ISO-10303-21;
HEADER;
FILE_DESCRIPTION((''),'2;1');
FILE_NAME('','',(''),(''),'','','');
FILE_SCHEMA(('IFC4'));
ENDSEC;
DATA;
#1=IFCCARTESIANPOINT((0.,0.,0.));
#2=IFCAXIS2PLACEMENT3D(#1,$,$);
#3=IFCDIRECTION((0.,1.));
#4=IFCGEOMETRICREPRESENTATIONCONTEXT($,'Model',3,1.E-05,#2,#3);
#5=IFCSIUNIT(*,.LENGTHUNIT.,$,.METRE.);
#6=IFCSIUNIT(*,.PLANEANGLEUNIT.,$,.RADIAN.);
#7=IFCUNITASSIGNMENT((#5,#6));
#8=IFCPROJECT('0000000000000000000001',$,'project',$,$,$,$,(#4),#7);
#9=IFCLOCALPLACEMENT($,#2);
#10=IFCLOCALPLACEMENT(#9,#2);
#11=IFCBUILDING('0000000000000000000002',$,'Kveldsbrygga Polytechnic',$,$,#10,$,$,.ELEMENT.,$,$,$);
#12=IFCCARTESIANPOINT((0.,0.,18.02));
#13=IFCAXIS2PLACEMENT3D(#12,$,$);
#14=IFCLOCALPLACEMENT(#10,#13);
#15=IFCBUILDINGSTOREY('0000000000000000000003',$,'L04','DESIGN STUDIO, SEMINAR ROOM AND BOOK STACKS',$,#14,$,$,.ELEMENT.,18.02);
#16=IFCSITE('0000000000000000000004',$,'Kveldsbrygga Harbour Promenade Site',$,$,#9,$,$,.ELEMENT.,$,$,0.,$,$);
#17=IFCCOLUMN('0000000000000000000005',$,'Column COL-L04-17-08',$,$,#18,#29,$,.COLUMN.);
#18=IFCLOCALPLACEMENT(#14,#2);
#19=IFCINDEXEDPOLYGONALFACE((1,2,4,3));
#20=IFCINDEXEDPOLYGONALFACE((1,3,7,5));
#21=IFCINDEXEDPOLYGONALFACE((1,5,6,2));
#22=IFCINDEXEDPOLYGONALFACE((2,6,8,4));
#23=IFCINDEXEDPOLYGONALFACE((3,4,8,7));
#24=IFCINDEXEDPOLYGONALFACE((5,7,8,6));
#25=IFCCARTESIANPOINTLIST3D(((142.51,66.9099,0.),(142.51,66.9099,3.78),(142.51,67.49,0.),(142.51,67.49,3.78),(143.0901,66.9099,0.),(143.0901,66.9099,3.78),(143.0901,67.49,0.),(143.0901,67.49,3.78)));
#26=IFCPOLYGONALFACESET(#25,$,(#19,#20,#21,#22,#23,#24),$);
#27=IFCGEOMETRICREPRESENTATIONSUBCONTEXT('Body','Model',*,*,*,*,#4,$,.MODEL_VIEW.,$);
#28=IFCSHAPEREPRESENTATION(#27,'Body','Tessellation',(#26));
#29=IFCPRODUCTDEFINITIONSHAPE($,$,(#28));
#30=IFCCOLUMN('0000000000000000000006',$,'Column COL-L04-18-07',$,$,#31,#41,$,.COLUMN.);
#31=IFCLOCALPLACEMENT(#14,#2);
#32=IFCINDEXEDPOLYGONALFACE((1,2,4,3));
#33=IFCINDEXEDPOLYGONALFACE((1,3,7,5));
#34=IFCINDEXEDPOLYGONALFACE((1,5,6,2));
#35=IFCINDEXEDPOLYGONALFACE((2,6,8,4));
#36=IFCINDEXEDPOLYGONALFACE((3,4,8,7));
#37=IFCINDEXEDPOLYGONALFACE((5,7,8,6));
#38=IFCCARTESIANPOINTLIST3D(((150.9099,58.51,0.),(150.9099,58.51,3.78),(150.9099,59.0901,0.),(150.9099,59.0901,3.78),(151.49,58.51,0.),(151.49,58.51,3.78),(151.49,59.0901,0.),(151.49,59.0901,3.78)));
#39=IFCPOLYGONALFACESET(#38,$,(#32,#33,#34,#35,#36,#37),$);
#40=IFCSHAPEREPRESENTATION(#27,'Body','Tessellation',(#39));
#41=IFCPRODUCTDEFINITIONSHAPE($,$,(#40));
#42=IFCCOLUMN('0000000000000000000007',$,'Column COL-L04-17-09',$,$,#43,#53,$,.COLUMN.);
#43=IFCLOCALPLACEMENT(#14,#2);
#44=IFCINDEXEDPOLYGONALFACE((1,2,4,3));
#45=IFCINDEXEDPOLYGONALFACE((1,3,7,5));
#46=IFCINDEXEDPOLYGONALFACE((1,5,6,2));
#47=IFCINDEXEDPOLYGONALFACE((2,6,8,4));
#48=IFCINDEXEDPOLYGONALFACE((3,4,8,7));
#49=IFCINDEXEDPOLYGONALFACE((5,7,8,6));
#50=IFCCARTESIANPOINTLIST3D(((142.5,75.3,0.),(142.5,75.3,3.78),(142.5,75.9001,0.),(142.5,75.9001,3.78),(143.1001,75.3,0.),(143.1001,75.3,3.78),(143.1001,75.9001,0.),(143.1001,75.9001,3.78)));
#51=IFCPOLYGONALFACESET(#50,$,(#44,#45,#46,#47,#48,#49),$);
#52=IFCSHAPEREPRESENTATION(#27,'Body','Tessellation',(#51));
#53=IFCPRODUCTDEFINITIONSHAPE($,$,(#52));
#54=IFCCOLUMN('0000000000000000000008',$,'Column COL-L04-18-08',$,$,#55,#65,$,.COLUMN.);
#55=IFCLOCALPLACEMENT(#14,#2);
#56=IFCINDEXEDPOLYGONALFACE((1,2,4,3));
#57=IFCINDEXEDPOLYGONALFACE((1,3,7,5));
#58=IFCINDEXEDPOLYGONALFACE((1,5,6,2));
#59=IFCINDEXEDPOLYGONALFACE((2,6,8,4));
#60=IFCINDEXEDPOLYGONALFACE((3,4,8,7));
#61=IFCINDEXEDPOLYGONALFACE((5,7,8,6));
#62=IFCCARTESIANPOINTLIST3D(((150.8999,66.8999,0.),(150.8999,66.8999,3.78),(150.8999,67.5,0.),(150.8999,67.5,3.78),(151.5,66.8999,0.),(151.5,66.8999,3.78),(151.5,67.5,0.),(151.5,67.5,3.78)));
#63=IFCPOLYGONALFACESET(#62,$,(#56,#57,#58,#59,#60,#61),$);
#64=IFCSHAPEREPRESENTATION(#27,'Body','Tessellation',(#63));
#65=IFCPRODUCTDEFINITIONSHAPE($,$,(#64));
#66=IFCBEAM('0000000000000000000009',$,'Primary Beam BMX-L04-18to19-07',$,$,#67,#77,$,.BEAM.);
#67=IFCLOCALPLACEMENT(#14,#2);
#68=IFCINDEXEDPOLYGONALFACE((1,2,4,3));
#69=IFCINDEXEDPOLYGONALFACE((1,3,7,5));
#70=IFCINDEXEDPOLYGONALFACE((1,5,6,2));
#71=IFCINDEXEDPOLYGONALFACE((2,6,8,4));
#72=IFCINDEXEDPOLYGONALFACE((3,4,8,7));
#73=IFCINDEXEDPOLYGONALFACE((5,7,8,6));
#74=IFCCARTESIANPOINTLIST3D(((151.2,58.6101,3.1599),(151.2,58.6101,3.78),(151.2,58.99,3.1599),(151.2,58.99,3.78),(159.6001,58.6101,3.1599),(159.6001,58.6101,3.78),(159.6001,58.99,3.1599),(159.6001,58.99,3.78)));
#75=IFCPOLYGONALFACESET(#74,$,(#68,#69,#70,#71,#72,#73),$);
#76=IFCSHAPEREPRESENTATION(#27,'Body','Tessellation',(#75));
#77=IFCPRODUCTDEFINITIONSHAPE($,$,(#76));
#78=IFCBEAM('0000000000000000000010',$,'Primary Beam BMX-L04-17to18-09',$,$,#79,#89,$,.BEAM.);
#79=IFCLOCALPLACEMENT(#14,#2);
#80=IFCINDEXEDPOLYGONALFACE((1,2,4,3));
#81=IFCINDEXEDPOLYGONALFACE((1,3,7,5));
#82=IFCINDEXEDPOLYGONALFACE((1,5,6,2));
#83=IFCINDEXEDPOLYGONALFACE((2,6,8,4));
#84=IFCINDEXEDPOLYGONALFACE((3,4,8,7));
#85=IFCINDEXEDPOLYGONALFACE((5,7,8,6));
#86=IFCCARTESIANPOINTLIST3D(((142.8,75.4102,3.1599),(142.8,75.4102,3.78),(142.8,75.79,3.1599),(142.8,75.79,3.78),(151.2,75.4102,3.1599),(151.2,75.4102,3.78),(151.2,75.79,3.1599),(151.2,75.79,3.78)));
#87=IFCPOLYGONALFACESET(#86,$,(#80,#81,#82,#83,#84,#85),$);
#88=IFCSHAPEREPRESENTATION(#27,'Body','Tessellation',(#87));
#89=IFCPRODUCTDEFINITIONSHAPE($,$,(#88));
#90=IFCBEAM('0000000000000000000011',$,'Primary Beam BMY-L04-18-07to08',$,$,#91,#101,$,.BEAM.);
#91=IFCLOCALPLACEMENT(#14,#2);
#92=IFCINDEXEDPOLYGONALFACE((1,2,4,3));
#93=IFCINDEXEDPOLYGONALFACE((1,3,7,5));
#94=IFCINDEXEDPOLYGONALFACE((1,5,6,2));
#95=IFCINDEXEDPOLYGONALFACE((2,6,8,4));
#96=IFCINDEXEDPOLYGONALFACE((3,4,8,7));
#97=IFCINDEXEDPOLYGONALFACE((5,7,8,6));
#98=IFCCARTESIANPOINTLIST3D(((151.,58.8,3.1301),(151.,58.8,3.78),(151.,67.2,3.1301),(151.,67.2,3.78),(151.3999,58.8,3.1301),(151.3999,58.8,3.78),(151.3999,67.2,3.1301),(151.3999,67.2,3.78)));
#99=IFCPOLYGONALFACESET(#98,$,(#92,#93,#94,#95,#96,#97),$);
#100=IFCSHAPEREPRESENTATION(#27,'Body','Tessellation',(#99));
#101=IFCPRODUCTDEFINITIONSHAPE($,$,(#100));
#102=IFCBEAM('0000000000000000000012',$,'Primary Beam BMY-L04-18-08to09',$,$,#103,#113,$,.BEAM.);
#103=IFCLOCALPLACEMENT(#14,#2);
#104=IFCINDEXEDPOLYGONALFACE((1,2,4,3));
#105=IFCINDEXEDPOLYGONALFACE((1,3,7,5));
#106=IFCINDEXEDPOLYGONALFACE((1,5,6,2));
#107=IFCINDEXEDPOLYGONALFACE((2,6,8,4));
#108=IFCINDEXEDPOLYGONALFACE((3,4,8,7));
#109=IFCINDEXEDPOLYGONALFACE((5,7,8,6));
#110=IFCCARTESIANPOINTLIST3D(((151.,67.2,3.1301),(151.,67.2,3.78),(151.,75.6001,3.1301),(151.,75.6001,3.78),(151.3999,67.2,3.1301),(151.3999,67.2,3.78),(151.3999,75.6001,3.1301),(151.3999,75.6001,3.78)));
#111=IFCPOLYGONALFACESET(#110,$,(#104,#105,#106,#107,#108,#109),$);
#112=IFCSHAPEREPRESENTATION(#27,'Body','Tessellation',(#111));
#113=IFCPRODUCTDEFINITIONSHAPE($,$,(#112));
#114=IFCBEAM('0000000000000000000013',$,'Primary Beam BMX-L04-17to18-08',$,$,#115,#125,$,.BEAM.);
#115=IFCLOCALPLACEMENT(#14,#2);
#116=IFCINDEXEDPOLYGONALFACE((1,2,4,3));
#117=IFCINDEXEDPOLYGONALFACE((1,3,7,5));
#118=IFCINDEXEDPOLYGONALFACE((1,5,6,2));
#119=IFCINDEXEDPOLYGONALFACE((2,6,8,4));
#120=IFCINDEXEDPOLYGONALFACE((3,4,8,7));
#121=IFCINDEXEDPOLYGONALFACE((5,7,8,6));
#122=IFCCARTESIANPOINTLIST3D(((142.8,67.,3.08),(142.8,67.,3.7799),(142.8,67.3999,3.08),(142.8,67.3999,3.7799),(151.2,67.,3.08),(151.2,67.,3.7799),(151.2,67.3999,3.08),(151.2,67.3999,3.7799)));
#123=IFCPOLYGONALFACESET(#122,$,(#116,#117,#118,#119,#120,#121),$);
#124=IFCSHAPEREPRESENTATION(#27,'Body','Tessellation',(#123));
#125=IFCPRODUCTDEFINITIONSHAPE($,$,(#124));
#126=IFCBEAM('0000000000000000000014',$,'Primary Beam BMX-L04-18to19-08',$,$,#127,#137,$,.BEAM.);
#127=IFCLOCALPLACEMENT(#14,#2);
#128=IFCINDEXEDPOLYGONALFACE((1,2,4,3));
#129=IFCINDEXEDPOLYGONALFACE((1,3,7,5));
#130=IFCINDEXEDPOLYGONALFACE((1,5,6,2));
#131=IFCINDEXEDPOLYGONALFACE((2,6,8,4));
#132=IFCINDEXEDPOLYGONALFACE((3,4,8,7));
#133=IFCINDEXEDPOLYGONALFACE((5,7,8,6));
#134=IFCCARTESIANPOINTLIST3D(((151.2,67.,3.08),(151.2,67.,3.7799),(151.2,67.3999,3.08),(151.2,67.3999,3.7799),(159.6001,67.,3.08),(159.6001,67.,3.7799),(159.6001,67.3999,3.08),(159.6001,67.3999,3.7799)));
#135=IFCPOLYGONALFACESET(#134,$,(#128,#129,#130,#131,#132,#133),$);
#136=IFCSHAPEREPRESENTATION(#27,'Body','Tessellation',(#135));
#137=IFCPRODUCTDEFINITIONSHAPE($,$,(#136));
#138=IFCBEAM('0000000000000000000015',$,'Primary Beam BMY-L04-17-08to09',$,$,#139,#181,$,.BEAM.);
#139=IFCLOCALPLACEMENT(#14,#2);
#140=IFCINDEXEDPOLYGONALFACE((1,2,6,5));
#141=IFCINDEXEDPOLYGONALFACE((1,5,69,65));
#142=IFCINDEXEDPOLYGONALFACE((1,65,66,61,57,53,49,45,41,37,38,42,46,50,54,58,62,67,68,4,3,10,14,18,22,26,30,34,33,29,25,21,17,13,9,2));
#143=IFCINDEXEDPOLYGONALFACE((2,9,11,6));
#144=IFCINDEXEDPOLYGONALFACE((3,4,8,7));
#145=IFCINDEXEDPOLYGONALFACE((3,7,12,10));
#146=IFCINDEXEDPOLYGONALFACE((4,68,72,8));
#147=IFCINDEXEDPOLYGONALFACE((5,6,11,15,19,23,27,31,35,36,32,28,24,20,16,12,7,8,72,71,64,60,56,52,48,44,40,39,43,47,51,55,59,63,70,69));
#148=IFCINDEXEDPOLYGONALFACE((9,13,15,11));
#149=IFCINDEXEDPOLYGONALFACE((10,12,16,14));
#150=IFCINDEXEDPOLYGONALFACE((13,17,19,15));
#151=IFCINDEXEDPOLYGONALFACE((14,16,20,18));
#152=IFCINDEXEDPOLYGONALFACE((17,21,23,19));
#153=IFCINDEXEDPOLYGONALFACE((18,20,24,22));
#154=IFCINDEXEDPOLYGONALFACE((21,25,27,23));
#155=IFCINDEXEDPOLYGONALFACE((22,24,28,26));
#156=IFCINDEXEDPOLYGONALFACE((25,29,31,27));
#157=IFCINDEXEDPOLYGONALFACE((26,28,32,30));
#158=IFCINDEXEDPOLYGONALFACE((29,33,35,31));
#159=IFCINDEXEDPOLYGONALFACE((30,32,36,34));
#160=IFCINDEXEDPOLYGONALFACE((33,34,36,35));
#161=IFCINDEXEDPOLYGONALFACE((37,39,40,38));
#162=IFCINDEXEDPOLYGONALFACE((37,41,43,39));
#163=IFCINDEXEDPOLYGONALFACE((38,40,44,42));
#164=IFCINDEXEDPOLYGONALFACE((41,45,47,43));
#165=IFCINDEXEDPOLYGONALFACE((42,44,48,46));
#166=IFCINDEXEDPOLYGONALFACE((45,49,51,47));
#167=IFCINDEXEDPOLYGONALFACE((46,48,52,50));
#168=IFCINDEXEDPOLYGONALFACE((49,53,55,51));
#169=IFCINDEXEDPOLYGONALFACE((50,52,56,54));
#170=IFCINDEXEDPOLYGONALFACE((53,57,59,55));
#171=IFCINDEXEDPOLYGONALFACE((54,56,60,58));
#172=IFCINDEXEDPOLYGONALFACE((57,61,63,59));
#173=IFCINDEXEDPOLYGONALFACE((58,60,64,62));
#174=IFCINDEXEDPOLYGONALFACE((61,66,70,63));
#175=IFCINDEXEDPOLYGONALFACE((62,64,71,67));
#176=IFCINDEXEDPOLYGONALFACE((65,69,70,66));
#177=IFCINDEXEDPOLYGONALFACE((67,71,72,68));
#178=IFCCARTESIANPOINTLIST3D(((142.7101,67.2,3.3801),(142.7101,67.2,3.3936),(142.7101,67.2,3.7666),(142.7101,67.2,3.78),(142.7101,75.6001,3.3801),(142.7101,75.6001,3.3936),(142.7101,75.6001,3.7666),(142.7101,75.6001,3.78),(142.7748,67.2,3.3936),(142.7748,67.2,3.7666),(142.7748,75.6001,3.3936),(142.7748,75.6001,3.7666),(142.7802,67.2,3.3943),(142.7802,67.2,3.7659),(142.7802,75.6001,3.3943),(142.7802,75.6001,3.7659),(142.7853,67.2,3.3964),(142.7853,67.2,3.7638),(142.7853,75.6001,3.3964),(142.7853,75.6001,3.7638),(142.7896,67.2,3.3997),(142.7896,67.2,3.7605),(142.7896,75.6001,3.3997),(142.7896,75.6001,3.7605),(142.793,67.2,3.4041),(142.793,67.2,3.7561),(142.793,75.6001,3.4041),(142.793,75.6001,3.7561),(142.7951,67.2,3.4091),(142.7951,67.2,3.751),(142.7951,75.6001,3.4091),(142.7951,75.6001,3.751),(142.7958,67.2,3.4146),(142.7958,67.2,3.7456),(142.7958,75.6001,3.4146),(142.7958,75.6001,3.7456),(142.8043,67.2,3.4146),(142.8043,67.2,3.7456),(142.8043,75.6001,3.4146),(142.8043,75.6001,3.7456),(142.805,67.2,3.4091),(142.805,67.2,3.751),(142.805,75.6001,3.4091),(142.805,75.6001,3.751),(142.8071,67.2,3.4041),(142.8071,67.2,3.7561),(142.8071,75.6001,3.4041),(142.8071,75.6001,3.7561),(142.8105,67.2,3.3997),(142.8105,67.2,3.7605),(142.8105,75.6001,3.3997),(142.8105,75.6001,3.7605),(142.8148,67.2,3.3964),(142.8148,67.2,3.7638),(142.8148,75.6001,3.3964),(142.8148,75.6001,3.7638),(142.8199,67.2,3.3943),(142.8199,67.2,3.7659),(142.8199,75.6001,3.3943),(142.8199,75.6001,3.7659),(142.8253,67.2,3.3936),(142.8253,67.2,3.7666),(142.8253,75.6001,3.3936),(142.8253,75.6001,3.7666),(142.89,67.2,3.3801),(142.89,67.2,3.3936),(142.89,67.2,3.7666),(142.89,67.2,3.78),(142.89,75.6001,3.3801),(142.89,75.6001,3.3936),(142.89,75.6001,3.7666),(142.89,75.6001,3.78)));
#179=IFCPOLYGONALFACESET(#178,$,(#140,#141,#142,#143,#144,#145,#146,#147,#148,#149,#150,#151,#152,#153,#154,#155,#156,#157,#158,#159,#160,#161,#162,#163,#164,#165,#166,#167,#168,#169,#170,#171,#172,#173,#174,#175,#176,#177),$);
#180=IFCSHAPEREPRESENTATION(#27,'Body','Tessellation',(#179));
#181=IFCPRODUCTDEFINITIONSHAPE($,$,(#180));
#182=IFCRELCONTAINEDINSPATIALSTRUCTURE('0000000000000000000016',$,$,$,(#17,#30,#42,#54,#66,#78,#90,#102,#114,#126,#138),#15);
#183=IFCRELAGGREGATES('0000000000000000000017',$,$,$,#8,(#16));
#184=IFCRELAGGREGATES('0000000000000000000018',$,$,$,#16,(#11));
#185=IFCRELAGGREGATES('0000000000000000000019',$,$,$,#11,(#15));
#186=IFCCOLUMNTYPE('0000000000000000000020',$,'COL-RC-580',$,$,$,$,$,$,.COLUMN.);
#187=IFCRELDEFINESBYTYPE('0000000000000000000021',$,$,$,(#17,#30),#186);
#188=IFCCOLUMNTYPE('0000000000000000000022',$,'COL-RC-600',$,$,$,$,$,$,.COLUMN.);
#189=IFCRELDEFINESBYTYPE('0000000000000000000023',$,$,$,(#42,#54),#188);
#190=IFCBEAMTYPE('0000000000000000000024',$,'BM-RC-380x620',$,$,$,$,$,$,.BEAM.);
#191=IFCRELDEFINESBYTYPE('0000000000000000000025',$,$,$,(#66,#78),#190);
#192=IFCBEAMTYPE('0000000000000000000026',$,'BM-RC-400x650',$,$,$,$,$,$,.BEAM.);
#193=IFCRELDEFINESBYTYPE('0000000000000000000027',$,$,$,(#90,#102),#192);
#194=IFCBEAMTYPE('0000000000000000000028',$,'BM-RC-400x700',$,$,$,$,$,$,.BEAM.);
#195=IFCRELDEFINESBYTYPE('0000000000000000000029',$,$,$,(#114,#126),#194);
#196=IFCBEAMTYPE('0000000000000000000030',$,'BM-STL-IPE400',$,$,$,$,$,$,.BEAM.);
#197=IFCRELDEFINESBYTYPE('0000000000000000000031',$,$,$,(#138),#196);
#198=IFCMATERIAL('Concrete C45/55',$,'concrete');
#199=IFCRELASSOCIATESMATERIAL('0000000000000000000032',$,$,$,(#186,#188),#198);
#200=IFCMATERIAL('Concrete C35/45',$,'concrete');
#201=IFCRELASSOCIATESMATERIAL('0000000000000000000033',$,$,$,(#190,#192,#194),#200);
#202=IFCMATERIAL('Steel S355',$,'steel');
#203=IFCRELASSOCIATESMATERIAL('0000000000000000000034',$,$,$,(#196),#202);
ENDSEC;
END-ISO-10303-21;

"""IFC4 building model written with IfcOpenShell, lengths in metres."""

from ifc_helpers import new_model, si_unit, direction, frame, origin, origin_2d, place, context, subcontext, project, spatial, rectangle, i_section, extrude, material, material_profile, profile_set, type_object, element, save


model = new_model("IFC4")

# Units and contexts
model_context = context("Model", 3, precision=1e-05, world=origin(), true_north=direction((0.0, 1.0)))
body_context = subcontext(model_context, "Body", "Model", "MODEL_VIEW")
ifc_project = project(units=[si_unit("LENGTHUNIT", "METRE"), si_unit("PLANEANGLEUNIT", "RADIAN")], contexts=[model_context])

# Site, building, storey
site_placement = place(None, origin())
site = spatial("IfcSite", under=ifc_project, at=site_placement, Name="Kveldsbrygga Harbour Promenade Site", CompositionType="ELEMENT", RefElevation=0.0)
building_placement = place(site_placement, origin())
building = spatial("IfcBuilding", under=site, at=building_placement, Name="Kveldsbrygga Polytechnic", CompositionType="ELEMENT")
storey_placement = place(building_placement, frame((0.0, 0.0, 18.02)))
storey = spatial("IfcBuildingStorey", under=building, at=storey_placement, Name="L04", Description="DESIGN STUDIO, SEMINAR ROOM AND BOOK STACKS", CompositionType="ELEMENT", Elevation=18.02)

# Columns
ifc_material_1 = material(Name="Concrete C45/55", Category="concrete")
ifc_material_profile_1 = material_profile(ifc_material_1, rectangle(XDim=0.5801, YDim=0.5801, at=origin_2d()), Name="RC 580x580")
ifc_profile_set_1 = profile_set([ifc_material_profile_1], Name="Concrete C45/55")
column_type_1 = type_object("IfcColumnType", Name="COL-RC-580", PredefinedType="COLUMN", material=ifc_profile_set_1)
for number, where, z_axis, x_axis, name in (
    (1, (142.8, 67.2, 0.0), (0.0, 0.0, 1.0), (1.0, 0.0, 0.0), "Column COL-L04-17-08"),
    (2, (151.2, 58.8, 0.0), (0.0, 0.0, 1.0), (1.0, 0.0, 0.0), "Column COL-L04-18-07"),
):
    element("IfcColumn", number, at=place(storey_placement, frame(where, z_axis=z_axis, x_axis=x_axis)), inside=storey, type_object=column_type_1, Name=name, PredefinedType="COLUMN", context=body_context, shape_type="SweptSolid", body=[
        extrude(rectangle(XDim=0.5801, YDim=0.5801, at=origin_2d()), origin(), (0.0, 0.0, 1.0), 3.78),
    ])
ifc_material_profile_2 = material_profile(ifc_material_1, rectangle(XDim=0.6001, YDim=0.6001, at=origin_2d()), Name="RC 600x600")
ifc_profile_set_2 = profile_set([ifc_material_profile_2], Name="Concrete C45/55")
column_type_2 = type_object("IfcColumnType", Name="COL-RC-600", PredefinedType="COLUMN", material=ifc_profile_set_2)
for number, where, z_axis, x_axis, name in (
    (3, (142.8, 75.6001, 0.0), (0.0, 0.0, 1.0), (1.0, 0.0, 0.0), "Column COL-L04-17-09"),
    (4, (151.2, 67.2, 0.0), (0.0, 0.0, 1.0), (1.0, 0.0, 0.0), "Column COL-L04-18-08"),
):
    element("IfcColumn", number, at=place(storey_placement, frame(where, z_axis=z_axis, x_axis=x_axis)), inside=storey, type_object=column_type_2, Name=name, PredefinedType="COLUMN", context=body_context, shape_type="SweptSolid", body=[
        extrude(rectangle(XDim=0.6001, YDim=0.6001, at=origin_2d()), origin(), (0.0, 0.0, 1.0), 3.78),
    ])

# Beams
ifc_material_2 = material(Name="Concrete C35/45", Category="concrete")
ifc_material_profile_3 = material_profile(ifc_material_2, rectangle(XDim=0.3799, YDim=0.6201, at=origin_2d()), Name="RC 380x620")
ifc_profile_set_3 = profile_set([ifc_material_profile_3], Name="Concrete C35/45")
beam_type_1 = type_object("IfcBeamType", Name="BM-RC-380x620", PredefinedType="BEAM", material=ifc_profile_set_3)
beam_1_placement = place(storey_placement, frame((151.2, 58.8, 3.47), z_axis=(1.0, 0.0, 0.0), x_axis=(0.0, 1.0, 0.0)))
element("IfcBeam", 5, at=beam_1_placement, inside=storey, type_object=beam_type_1, Name="Primary Beam BMX-L04-18to19-07", PredefinedType="BEAM", context=body_context, shape_type="SweptSolid", body=[
    extrude(rectangle(XDim=0.3799, YDim=0.6201, at=origin_2d()), origin(), (0.0, 0.0, 1.0), 8.4001),
])
beam_2_placement = place(storey_placement, frame((142.8, 75.6001, 3.47), z_axis=(1.0, 0.0, 0.0), x_axis=(0.0, 1.0, 0.0)))
element("IfcBeam", 6, at=beam_2_placement, inside=storey, type_object=beam_type_1, Name="Primary Beam BMX-L04-17to18-09", PredefinedType="BEAM", context=body_context, shape_type="SweptSolid", body=[
    extrude(rectangle(XDim=0.3799, YDim=0.6201, at=origin_2d()), origin(), (0.0, 0.0, 1.0), 8.3999),
])
ifc_material_profile_4 = material_profile(ifc_material_2, rectangle(XDim=0.3999, YDim=0.6499, at=origin_2d()), Name="RC 400x650")
ifc_profile_set_4 = profile_set([ifc_material_profile_4], Name="Concrete C35/45")
beam_type_2 = type_object("IfcBeamType", Name="BM-RC-400x650", PredefinedType="BEAM", material=ifc_profile_set_4)
beam_3_placement = place(storey_placement, frame((151.2, 58.8, 3.4551), z_axis=(0.0, 1.0, 0.0), x_axis=(-1.0, 0.0, 0.0)))
element("IfcBeam", 7, at=beam_3_placement, inside=storey, type_object=beam_type_2, Name="Primary Beam BMY-L04-18-07to08", PredefinedType="BEAM", context=body_context, shape_type="SweptSolid", body=[
    extrude(rectangle(XDim=0.3999, YDim=0.6499, at=origin_2d()), origin(), (0.0, 0.0, 1.0), 8.3999),
])
beam_4_placement = place(storey_placement, frame((151.2, 67.2, 3.4551), z_axis=(0.0, 1.0, 0.0), x_axis=(-1.0, 0.0, 0.0)))
element("IfcBeam", 8, at=beam_4_placement, inside=storey, type_object=beam_type_2, Name="Primary Beam BMY-L04-18-08to09", PredefinedType="BEAM", context=body_context, shape_type="SweptSolid", body=[
    extrude(rectangle(XDim=0.3999, YDim=0.6499, at=origin_2d()), origin(), (0.0, 0.0, 1.0), 8.4001),
])
ifc_material_profile_5 = material_profile(ifc_material_2, rectangle(XDim=0.3999, YDim=0.7, at=origin_2d()), Name="RC 400x700")
ifc_profile_set_5 = profile_set([ifc_material_profile_5], Name="Concrete C35/45")
beam_type_3 = type_object("IfcBeamType", Name="BM-RC-400x700", PredefinedType="BEAM", material=ifc_profile_set_5)
beam_5_placement = place(storey_placement, frame((142.8, 67.2, 3.4299), z_axis=(1.0, 0.0, 0.0), x_axis=(0.0, 1.0, 0.0)))
element("IfcBeam", 9, at=beam_5_placement, inside=storey, type_object=beam_type_3, Name="Primary Beam BMX-L04-17to18-08", PredefinedType="BEAM", context=body_context, shape_type="SweptSolid", body=[
    extrude(rectangle(XDim=0.3999, YDim=0.7, at=origin_2d()), origin(), (0.0, 0.0, 1.0), 8.3999),
])
beam_6_placement = place(storey_placement, frame((151.2, 67.2, 3.4299), z_axis=(1.0, 0.0, 0.0), x_axis=(0.0, 1.0, 0.0)))
element("IfcBeam", 10, at=beam_6_placement, inside=storey, type_object=beam_type_3, Name="Primary Beam BMX-L04-18to19-08", PredefinedType="BEAM", context=body_context, shape_type="SweptSolid", body=[
    extrude(rectangle(XDim=0.3999, YDim=0.7, at=origin_2d()), origin(), (0.0, 0.0, 1.0), 8.4001),
])
ifc_material_3 = material(Name="Steel S355", Category="steel")
ifc_material_profile_6 = material_profile(ifc_material_3, i_section(OverallWidth=0.1799, OverallDepth=0.3999, WebThickness=0.0085, FlangeThickness=0.0134, FilletRadius=0.021, at=origin_2d()), Name="IPE 400")
ifc_profile_set_6 = profile_set([ifc_material_profile_6], Name="Steel S355")
beam_type_4 = type_object("IfcBeamType", Name="BM-STL-IPE400", PredefinedType="BEAM", material=ifc_profile_set_6)
beam_7_placement = place(storey_placement, frame((142.8, 67.2, 3.5801), z_axis=(0.0, 1.0, 0.0), x_axis=(-1.0, 0.0, 0.0)))
element("IfcBeam", 11, at=beam_7_placement, inside=storey, type_object=beam_type_4, Name="Primary Beam BMY-L04-17-08to09", PredefinedType="BEAM", context=body_context, shape_type="SweptSolid", body=[
    extrude(i_section(OverallWidth=0.1799, OverallDepth=0.3999, WebThickness=0.0085, FlangeThickness=0.0134, FilletRadius=0.021, at=origin_2d()), origin(), (0.0, 0.0, 1.0), 8.4001),
])

save(model, "model.ifc")
